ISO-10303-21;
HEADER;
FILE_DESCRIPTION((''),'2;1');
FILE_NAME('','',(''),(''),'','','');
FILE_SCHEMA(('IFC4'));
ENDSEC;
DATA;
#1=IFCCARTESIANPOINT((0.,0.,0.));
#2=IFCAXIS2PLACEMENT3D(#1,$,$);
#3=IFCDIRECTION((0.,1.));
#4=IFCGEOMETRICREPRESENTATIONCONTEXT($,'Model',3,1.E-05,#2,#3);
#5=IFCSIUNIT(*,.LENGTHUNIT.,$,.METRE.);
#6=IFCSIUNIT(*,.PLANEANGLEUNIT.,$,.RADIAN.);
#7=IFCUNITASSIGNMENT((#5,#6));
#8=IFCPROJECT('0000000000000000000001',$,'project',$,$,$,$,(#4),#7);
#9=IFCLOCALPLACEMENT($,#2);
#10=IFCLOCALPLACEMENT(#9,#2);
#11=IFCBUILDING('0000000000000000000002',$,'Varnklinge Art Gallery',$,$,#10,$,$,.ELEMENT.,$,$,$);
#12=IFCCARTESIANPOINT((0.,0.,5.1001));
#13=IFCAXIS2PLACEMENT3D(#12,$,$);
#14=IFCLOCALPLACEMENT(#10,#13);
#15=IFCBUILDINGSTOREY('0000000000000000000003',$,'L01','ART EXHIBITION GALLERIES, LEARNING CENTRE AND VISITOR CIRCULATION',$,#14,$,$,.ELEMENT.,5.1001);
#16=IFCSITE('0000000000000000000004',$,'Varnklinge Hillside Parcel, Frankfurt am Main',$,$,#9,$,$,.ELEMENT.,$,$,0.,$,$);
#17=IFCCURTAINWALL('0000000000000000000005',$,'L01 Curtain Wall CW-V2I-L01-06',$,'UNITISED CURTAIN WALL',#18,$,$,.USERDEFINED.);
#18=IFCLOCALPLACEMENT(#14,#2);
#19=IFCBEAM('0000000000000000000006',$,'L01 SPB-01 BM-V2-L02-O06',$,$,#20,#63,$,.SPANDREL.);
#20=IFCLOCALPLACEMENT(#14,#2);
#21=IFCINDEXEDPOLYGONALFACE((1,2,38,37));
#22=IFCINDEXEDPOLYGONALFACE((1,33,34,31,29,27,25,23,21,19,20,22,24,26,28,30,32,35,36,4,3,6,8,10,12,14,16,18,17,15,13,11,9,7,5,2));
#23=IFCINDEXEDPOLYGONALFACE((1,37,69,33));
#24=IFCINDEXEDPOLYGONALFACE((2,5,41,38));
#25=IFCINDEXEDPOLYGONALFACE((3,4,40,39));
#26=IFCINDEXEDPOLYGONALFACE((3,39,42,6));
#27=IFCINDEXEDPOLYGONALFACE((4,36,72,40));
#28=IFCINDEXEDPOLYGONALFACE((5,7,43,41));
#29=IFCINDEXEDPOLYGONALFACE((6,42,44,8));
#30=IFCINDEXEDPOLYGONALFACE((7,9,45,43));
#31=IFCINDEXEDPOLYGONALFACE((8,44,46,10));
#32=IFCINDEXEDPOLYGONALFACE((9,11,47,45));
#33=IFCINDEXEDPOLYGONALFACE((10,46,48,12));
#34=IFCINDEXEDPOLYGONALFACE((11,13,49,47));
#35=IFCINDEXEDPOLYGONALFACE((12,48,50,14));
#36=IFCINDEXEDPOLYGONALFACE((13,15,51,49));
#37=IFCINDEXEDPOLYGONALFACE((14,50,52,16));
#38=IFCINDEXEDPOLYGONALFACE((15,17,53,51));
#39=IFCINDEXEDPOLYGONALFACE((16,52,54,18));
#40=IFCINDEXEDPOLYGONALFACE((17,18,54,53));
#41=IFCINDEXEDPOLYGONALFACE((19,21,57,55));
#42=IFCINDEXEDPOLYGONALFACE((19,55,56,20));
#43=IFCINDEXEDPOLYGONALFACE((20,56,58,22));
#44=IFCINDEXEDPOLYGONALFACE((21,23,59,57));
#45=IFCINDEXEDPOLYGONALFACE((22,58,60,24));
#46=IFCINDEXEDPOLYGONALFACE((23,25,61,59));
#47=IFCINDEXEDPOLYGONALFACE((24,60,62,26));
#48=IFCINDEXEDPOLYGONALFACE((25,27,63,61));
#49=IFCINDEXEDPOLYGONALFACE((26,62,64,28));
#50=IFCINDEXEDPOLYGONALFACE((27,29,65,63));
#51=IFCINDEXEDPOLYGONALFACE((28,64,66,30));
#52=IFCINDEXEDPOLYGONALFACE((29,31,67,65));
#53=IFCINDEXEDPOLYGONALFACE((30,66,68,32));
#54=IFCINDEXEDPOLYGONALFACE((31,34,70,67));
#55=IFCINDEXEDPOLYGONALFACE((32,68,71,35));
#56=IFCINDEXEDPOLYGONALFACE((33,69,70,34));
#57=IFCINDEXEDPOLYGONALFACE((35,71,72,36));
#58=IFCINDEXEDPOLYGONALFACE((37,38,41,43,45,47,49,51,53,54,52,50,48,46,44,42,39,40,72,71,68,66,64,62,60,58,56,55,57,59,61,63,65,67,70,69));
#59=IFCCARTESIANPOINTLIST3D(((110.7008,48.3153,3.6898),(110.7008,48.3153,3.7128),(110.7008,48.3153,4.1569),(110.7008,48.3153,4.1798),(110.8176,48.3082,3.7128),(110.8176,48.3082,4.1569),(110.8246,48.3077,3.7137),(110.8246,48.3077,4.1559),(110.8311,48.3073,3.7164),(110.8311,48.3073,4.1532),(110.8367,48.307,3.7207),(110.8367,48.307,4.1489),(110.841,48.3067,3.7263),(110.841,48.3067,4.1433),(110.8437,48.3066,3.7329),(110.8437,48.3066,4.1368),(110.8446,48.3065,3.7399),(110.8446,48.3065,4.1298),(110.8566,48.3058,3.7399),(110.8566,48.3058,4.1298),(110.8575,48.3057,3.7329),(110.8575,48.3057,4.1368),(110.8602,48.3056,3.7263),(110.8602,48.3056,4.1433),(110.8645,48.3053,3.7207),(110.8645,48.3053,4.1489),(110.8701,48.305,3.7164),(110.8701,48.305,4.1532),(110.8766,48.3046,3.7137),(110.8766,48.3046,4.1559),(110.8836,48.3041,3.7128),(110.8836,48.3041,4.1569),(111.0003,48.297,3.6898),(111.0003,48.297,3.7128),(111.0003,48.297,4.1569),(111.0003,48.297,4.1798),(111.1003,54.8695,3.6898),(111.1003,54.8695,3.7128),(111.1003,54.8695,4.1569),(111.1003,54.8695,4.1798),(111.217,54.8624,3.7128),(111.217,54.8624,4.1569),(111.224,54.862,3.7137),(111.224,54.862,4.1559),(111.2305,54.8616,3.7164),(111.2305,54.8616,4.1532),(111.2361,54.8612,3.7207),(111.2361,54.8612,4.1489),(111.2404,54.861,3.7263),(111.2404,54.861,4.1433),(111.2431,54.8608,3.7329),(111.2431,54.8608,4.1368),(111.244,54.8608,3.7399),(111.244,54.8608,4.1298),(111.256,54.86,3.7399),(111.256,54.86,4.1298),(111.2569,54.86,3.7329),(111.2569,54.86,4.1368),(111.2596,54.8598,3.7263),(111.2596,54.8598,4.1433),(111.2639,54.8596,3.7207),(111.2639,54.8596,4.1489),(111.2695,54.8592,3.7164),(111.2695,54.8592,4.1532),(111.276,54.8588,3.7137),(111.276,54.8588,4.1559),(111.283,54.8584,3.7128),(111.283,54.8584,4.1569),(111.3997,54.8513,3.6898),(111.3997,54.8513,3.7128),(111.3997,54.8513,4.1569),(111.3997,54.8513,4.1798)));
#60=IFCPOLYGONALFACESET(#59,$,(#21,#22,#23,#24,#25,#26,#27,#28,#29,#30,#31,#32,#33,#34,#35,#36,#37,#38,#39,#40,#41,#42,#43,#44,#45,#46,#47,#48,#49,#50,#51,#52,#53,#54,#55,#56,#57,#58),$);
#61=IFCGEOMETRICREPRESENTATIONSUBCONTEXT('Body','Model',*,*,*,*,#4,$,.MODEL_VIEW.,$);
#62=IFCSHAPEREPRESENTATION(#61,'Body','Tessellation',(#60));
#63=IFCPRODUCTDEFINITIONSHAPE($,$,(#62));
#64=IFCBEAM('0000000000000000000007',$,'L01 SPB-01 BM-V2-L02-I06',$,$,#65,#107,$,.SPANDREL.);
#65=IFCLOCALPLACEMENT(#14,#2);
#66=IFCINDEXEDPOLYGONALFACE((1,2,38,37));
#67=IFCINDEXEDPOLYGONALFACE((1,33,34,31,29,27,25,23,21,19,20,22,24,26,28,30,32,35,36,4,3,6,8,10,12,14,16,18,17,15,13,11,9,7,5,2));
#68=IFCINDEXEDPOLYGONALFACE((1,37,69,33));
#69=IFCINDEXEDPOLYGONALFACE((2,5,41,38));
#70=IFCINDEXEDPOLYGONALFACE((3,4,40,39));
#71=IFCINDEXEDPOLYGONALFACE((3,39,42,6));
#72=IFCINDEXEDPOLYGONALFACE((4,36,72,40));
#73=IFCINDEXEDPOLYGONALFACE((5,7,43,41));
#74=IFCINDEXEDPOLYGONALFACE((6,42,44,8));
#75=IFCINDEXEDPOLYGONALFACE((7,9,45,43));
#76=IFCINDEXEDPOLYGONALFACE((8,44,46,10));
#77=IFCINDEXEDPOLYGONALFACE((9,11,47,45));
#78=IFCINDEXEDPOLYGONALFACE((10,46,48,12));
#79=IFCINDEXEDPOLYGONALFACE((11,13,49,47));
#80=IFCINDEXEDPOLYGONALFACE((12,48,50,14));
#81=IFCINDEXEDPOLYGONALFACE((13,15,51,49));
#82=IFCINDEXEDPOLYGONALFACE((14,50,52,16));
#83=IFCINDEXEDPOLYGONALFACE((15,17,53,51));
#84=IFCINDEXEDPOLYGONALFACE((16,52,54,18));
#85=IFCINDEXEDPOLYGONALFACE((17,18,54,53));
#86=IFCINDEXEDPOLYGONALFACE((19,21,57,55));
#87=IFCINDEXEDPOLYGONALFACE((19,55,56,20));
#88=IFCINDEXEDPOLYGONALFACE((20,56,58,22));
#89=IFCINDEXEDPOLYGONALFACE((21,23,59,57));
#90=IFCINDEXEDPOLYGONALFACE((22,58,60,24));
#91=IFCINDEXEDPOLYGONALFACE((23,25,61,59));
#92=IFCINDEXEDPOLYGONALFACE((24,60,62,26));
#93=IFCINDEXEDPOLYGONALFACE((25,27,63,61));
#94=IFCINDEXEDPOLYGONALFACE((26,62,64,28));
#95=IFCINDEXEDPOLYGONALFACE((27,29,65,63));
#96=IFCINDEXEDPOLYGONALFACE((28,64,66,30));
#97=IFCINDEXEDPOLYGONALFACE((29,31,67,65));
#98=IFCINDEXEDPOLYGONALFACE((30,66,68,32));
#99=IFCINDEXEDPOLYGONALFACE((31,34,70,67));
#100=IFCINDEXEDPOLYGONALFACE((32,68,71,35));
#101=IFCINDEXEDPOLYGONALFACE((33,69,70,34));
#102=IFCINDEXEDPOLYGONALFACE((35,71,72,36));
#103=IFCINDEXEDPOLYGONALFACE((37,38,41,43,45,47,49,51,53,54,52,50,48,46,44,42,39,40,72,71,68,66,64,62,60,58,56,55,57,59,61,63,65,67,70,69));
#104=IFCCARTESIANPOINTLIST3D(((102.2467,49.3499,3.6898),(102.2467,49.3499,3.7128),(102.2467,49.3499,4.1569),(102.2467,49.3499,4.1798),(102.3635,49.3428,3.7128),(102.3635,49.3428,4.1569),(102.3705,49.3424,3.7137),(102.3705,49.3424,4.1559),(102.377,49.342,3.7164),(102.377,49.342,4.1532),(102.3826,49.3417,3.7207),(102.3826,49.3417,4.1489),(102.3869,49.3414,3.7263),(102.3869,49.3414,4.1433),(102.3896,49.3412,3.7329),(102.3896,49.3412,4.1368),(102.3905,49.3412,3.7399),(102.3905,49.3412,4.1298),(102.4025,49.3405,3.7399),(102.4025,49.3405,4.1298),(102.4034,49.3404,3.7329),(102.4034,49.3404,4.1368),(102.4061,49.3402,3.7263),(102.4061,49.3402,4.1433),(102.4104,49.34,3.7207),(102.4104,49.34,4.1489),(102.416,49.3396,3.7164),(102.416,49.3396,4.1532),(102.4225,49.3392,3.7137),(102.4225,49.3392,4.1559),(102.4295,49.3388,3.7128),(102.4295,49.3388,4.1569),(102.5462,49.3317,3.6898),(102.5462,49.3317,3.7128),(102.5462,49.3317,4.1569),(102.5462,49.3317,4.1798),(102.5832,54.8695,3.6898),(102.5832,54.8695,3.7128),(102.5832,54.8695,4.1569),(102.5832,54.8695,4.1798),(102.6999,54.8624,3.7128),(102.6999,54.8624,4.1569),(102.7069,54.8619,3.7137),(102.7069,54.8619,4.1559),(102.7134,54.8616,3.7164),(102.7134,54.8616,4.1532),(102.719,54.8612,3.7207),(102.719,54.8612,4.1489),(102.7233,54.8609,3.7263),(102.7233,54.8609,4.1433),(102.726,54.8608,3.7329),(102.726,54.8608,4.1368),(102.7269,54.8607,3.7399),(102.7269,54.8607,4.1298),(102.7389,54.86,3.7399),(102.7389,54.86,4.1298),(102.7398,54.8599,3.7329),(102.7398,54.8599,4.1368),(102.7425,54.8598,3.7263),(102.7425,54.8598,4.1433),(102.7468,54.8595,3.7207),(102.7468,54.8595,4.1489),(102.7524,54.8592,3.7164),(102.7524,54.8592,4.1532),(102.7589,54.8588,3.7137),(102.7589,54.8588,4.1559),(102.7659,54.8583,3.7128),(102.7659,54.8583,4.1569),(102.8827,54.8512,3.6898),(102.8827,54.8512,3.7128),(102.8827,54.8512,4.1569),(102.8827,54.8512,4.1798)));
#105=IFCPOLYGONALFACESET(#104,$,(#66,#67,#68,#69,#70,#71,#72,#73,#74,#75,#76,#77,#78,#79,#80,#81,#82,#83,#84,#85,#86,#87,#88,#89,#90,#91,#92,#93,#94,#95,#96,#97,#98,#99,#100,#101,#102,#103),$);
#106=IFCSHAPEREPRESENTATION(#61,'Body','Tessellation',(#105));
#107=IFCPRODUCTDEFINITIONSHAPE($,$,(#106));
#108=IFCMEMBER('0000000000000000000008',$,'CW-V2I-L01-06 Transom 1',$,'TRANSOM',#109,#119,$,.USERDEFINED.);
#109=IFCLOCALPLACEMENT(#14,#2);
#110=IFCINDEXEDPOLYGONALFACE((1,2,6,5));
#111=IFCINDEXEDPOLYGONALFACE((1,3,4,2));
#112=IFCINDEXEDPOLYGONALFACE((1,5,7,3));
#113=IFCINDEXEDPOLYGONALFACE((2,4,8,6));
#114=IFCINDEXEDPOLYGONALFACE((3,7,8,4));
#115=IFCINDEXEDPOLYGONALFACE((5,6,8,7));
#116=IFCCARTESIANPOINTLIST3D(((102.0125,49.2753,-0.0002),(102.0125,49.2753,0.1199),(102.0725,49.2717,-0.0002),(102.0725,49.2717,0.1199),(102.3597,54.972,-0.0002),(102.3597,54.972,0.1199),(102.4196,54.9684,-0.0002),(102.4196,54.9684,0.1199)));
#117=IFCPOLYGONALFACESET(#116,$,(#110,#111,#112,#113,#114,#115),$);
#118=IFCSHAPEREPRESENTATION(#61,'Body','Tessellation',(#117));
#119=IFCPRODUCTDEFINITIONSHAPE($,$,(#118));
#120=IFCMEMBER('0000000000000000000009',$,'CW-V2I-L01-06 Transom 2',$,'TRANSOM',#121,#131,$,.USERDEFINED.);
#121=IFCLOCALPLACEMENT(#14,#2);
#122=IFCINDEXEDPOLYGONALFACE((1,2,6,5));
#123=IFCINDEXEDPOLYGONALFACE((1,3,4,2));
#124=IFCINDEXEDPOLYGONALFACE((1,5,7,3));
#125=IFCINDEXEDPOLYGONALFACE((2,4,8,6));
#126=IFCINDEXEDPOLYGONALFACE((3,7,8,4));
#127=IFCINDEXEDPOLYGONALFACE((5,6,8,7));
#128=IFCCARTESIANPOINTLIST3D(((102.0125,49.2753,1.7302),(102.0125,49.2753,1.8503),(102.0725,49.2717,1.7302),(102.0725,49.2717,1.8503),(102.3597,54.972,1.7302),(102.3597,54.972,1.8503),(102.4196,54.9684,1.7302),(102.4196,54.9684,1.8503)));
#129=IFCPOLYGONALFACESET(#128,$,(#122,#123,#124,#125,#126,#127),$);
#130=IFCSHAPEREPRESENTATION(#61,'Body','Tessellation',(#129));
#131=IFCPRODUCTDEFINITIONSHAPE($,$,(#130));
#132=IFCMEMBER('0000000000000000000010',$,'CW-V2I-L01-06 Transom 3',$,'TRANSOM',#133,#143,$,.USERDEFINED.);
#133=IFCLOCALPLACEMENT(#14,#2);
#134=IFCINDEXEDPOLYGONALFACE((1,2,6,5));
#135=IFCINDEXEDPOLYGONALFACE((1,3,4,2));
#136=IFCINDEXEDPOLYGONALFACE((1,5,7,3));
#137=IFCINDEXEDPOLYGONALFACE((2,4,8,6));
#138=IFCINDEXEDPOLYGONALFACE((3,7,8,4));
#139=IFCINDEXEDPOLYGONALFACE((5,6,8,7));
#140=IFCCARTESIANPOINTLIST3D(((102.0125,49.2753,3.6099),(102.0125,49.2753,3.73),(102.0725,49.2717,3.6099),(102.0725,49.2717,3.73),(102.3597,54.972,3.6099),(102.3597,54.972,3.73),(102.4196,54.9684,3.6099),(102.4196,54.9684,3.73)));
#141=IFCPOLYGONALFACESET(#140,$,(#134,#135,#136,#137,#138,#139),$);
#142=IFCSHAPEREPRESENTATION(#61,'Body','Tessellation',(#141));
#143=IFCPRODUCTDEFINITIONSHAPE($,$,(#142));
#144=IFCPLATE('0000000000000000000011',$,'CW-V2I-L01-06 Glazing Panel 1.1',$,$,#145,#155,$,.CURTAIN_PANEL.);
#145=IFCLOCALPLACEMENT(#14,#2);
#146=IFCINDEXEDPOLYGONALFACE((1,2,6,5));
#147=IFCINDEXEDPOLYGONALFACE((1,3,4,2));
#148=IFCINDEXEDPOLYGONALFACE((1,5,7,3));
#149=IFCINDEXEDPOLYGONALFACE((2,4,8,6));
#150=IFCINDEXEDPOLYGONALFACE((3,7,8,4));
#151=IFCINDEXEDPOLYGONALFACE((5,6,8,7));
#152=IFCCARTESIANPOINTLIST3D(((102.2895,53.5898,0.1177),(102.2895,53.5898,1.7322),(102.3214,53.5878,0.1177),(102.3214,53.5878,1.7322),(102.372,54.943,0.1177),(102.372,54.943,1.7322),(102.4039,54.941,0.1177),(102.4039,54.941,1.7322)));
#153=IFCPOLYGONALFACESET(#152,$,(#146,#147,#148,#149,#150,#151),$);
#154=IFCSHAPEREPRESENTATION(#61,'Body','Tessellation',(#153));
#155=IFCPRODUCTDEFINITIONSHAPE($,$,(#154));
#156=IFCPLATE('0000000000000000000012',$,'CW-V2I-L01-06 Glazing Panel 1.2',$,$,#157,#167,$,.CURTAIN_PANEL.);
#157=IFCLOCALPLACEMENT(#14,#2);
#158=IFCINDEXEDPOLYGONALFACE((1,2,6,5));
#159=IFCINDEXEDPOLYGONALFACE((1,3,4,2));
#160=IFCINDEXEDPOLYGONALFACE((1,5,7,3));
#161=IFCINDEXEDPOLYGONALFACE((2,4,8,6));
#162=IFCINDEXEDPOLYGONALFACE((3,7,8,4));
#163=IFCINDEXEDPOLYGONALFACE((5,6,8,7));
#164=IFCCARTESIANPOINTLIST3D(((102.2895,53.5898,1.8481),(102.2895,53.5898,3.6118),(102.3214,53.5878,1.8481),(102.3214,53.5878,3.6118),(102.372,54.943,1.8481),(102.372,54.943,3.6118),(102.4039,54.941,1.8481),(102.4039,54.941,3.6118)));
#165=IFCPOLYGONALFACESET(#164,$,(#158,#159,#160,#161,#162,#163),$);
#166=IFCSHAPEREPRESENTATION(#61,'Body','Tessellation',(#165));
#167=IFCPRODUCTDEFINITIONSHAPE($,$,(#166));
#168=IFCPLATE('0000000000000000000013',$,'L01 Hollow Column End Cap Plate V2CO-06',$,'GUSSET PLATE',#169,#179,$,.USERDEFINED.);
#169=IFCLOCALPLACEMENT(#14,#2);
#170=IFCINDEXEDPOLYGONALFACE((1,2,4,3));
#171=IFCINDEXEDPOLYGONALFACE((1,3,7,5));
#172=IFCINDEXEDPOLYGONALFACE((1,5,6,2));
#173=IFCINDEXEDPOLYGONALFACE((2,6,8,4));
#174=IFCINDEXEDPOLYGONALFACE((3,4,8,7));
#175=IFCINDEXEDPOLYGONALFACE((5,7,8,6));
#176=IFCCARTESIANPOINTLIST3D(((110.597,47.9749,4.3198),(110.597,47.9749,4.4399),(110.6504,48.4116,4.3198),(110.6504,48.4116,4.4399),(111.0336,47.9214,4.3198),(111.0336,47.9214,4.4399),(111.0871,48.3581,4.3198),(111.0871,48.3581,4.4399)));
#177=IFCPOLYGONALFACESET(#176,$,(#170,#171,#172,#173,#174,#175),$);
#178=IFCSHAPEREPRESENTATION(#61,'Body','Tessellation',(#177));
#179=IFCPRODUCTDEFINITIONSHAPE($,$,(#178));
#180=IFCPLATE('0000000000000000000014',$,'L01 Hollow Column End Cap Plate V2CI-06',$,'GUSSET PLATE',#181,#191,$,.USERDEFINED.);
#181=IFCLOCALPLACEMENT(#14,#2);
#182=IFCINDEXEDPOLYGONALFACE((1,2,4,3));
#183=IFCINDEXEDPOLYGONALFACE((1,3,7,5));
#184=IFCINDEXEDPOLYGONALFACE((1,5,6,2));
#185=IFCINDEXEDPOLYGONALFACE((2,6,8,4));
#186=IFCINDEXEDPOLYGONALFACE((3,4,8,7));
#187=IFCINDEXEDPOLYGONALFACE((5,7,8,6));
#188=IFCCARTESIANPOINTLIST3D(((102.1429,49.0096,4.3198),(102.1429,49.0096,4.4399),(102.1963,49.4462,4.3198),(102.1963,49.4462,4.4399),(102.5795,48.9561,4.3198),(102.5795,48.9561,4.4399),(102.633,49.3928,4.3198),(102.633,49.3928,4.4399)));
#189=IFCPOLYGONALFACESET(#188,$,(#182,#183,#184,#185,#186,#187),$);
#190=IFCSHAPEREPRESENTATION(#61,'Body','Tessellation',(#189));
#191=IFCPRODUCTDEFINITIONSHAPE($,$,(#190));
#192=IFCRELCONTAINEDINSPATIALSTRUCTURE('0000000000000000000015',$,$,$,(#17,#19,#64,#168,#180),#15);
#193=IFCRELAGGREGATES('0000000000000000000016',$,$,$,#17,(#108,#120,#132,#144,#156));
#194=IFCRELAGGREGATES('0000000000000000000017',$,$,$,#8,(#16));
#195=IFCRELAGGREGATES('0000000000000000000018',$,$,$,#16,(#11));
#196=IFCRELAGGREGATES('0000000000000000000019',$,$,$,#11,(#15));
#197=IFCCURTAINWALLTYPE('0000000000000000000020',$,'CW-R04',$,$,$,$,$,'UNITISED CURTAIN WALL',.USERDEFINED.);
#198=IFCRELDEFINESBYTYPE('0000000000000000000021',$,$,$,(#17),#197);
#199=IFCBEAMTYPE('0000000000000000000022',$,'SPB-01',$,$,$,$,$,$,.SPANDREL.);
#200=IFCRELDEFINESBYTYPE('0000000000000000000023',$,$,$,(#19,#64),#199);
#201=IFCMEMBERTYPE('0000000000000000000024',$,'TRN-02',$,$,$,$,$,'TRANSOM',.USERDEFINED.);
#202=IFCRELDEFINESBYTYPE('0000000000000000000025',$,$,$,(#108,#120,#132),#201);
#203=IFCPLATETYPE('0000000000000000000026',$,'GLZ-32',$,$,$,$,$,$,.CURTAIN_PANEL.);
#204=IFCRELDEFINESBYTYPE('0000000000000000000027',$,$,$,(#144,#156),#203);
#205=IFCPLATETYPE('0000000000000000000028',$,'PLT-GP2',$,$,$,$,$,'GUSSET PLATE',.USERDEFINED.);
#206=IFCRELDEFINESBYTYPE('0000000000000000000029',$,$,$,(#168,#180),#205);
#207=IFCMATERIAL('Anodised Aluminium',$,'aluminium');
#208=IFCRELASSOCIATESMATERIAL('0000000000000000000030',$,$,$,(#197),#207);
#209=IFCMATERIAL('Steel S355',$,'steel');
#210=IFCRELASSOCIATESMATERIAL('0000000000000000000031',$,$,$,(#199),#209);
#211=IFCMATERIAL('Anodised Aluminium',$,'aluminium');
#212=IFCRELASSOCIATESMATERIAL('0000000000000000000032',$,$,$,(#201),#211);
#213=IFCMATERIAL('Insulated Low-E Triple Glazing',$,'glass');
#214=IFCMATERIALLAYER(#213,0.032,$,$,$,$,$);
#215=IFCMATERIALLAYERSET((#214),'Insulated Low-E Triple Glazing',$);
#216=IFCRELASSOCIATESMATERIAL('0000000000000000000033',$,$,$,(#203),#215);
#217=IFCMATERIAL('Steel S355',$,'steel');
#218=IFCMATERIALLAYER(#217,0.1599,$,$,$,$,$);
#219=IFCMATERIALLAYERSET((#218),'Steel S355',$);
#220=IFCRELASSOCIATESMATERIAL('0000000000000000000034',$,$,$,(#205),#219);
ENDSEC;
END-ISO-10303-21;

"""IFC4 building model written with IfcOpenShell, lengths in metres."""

from ifc_helpers import new_model, si_unit, direction, frame, origin, origin_2d, place, context, subcontext, project, spatial, rectangle, i_section, extrude, material, layer, layer_set, material_profile, profile_set, type_object, element, aggregate, save


model = new_model("IFC4")

# Units and contexts
model_context = context("Model", 3, precision=1e-05, world=origin(), true_north=direction((0.0, 1.0)))
body_context = subcontext(model_context, "Body", "Model", "MODEL_VIEW")
ifc_project = project(units=[si_unit("LENGTHUNIT", "METRE"), si_unit("PLANEANGLEUNIT", "RADIAN")], contexts=[model_context])

# Site, building, storey
site_placement = place(None, origin())
site = spatial("IfcSite", under=ifc_project, at=site_placement, Name="Varnklinge Hillside Parcel, Frankfurt am Main", CompositionType="ELEMENT", RefElevation=0.0)
building_placement = place(site_placement, origin())
building = spatial("IfcBuilding", under=site, at=building_placement, Name="Varnklinge Art Gallery", CompositionType="ELEMENT")
storey_placement = place(building_placement, frame((0.0, 0.0, 5.1001)))
storey = spatial("IfcBuildingStorey", under=building, at=storey_placement, Name="L01", Description="ART EXHIBITION GALLERIES, LEARNING CENTRE AND VISITOR CIRCULATION", CompositionType="ELEMENT", Elevation=5.1001)

# Curtain wall
ifc_material_1 = material(Name="Anodised Aluminium", Category="aluminium")
curtain_wall_type_1 = type_object("IfcCurtainWallType", Name="CW-R04", ElementType="UNITISED CURTAIN WALL", PredefinedType="USERDEFINED", material=ifc_material_1)
curtain_wall_1_placement = place(storey_placement, origin())
curtain_wall_1 = element("IfcCurtainWall", 1, at=curtain_wall_1_placement, inside=storey, type_object=curtain_wall_type_1, Name="L01 Curtain Wall CW-V2I-L01-06", ObjectType="UNITISED CURTAIN WALL", PredefinedType="USERDEFINED")

# Beams
ifc_material_2 = material(Name="Steel S355", Category="steel")
ifc_material_profile_1 = material_profile(ifc_material_2, i_section(OverallWidth=0.3, OverallDepth=0.49, WebThickness=0.012, FlangeThickness=0.0229, FilletRadius=0.0271, at=origin_2d()), Name="HEA 500")
ifc_profile_set_1 = profile_set([ifc_material_profile_1], Name="Steel S355")
beam_type_1 = type_object("IfcBeamType", Name="SPB-01", PredefinedType="SPANDREL", material=ifc_profile_set_1)
beam_1_placement = place(storey_placement, frame((110.8506, 48.3062, 3.9348), z_axis=(0.060827, 0.998148, 0.0), x_axis=(-0.998148, 0.060827, 0.0)))
element("IfcBeam", 2, at=beam_1_placement, inside=storey, type_object=beam_type_1, Name="L01 SPB-01 BM-V2-L02-O06", PredefinedType="SPANDREL", context=body_context, shape_type="SweptSolid", body=[
    extrude(i_section(OverallWidth=0.3, OverallDepth=0.49, WebThickness=0.012, FlangeThickness=0.0229, FilletRadius=0.0271, at=origin_2d()), origin(), (0.0, 0.0, 1.0), 6.5664),
])
beam_2_placement = place(storey_placement, frame((102.3965, 49.3408, 3.9348), z_axis=(0.060839, 0.998148, 0.0), x_axis=(-0.998148, 0.060839, 0.0)))
element("IfcBeam", 3, at=beam_2_placement, inside=storey, type_object=beam_type_1, Name="L01 SPB-01 BM-V2-L02-I06", PredefinedType="SPANDREL", context=body_context, shape_type="SweptSolid", body=[
    extrude(i_section(OverallWidth=0.3, OverallDepth=0.49, WebThickness=0.012, FlangeThickness=0.0229, FilletRadius=0.0271, at=origin_2d()), origin(), (0.0, 0.0, 1.0), 5.5298),
])

# Members
ifc_material_3 = material(Name="Anodised Aluminium", Category="aluminium")
ifc_material_profile_2 = material_profile(ifc_material_3, rectangle(XDim=0.0601, YDim=0.1201, at=origin_2d()), Name="ALU 60x120")
ifc_profile_set_2 = profile_set([ifc_material_profile_2], Name="Anodised Aluminium")
member_type_1 = type_object("IfcMemberType", Name="TRN-02", ElementType="TRANSOM", PredefinedType="USERDEFINED", material=ifc_profile_set_2)
member_1_placement = place(storey_placement, frame((102.3896, 54.9702, 0.0598), z_axis=(-0.060828, -0.998148, 0.0), x_axis=(0.998148, -0.060828, 0.0)))
member_1 = element("IfcMember", 4, at=member_1_placement, type_object=member_type_1, Name="CW-V2I-L01-06 Transom 1", ObjectType="TRANSOM", PredefinedType="USERDEFINED", context=body_context, shape_type="SweptSolid", body=[
    extrude(rectangle(XDim=0.0601, YDim=0.1201, at=origin_2d()), origin(), (0.0, 0.0, 1.0), 5.7073),
])
member_2_placement = place(storey_placement, frame((102.3896, 54.9702, 1.7903), z_axis=(-0.060828, -0.998148, 0.0), x_axis=(0.998148, -0.060828, 0.0)))
member_2 = element("IfcMember", 5, at=member_2_placement, type_object=member_type_1, Name="CW-V2I-L01-06 Transom 2", ObjectType="TRANSOM", PredefinedType="USERDEFINED", context=body_context, shape_type="SweptSolid", body=[
    extrude(rectangle(XDim=0.0601, YDim=0.1201, at=origin_2d()), origin(), (0.0, 0.0, 1.0), 5.7073),
])
member_3_placement = place(storey_placement, frame((102.3896, 54.9702, 3.6699), z_axis=(-0.060828, -0.998148, 0.0), x_axis=(0.998148, -0.060828, 0.0)))
member_3 = element("IfcMember", 6, at=member_3_placement, type_object=member_type_1, Name="CW-V2I-L01-06 Transom 3", ObjectType="TRANSOM", PredefinedType="USERDEFINED", context=body_context, shape_type="SweptSolid", body=[
    extrude(rectangle(XDim=0.0601, YDim=0.1201, at=origin_2d()), origin(), (0.0, 0.0, 1.0), 5.7073),
])

# Plates
ifc_material_4 = material(Name="Insulated Low-E Triple Glazing", Category="glass")
ifc_layer_1 = layer(ifc_material_4, 0.032)
ifc_layer_set_1 = layer_set([ifc_layer_1], Name="Insulated Low-E Triple Glazing")
plate_type_1 = type_object("IfcPlateType", Name="GLZ-32", PredefinedType="CURTAIN_PANEL", material=ifc_layer_set_1)
plate_1_placement = place(storey_placement, frame((102.3467, 54.2654, 0.1177), z_axis=(0.0, 0.0, 1.0), x_axis=(-0.060874, -0.998145, 0.0)))
plate_1 = element("IfcPlate", 7, at=plate_1_placement, type_object=plate_type_1, Name="CW-V2I-L01-06 Glazing Panel 1.1", PredefinedType="CURTAIN_PANEL", context=body_context, shape_type="SweptSolid", body=[
    extrude(rectangle(XDim=1.3557, YDim=0.032, at=origin_2d()), origin(), (0.0, 0.0, 1.0), 1.6145),
])
plate_2_placement = place(storey_placement, frame((102.3467, 54.2654, 1.8481), z_axis=(0.0, 0.0, 1.0), x_axis=(-0.060874, -0.998145, 0.0)))
plate_2 = element("IfcPlate", 8, at=plate_2_placement, type_object=plate_type_1, Name="CW-V2I-L01-06 Glazing Panel 1.2", PredefinedType="CURTAIN_PANEL", context=body_context, shape_type="SweptSolid", body=[
    extrude(rectangle(XDim=1.3557, YDim=0.032, at=origin_2d()), origin(), (0.0, 0.0, 1.0), 1.7637),
])
aggregate(curtain_wall_1, [member_1, member_2, member_3, plate_1, plate_2])

# Plates
ifc_material_5 = material(Name="Steel S355", Category="steel")
ifc_layer_2 = layer(ifc_material_5, 0.1599)
ifc_layer_set_2 = layer_set([ifc_layer_2], Name="Steel S355")
plate_type_2 = type_object("IfcPlateType", Name="PLT-GP2", ElementType="GUSSET PLATE", PredefinedType="USERDEFINED", material=ifc_layer_set_2)
for number, where, z_axis, x_axis, name in (
    (9, (110.842, 48.1665, 4.3198), (0.0, 0.0, 1.0), (-0.992589, 0.121523, 0.0), "L01 Hollow Column End Cap Plate V2CO-06"),
    (10, (102.3879, 49.2012, 4.3198), (0.0, 0.0, 1.0), (-0.992589, 0.121523, 0.0), "L01 Hollow Column End Cap Plate V2CI-06"),
):
    element("IfcPlate", number, at=place(storey_placement, frame(where, z_axis=z_axis, x_axis=x_axis)), inside=storey, type_object=plate_type_2, Name=name, ObjectType="GUSSET PLATE", PredefinedType="USERDEFINED", context=body_context, shape_type="SweptSolid", body=[
        extrude(rectangle(XDim=0.4399, YDim=0.4399, at=origin_2d()), origin(), (0.0, 0.0, 1.0), 0.1201),
    ])

save(model, "model.ifc")
